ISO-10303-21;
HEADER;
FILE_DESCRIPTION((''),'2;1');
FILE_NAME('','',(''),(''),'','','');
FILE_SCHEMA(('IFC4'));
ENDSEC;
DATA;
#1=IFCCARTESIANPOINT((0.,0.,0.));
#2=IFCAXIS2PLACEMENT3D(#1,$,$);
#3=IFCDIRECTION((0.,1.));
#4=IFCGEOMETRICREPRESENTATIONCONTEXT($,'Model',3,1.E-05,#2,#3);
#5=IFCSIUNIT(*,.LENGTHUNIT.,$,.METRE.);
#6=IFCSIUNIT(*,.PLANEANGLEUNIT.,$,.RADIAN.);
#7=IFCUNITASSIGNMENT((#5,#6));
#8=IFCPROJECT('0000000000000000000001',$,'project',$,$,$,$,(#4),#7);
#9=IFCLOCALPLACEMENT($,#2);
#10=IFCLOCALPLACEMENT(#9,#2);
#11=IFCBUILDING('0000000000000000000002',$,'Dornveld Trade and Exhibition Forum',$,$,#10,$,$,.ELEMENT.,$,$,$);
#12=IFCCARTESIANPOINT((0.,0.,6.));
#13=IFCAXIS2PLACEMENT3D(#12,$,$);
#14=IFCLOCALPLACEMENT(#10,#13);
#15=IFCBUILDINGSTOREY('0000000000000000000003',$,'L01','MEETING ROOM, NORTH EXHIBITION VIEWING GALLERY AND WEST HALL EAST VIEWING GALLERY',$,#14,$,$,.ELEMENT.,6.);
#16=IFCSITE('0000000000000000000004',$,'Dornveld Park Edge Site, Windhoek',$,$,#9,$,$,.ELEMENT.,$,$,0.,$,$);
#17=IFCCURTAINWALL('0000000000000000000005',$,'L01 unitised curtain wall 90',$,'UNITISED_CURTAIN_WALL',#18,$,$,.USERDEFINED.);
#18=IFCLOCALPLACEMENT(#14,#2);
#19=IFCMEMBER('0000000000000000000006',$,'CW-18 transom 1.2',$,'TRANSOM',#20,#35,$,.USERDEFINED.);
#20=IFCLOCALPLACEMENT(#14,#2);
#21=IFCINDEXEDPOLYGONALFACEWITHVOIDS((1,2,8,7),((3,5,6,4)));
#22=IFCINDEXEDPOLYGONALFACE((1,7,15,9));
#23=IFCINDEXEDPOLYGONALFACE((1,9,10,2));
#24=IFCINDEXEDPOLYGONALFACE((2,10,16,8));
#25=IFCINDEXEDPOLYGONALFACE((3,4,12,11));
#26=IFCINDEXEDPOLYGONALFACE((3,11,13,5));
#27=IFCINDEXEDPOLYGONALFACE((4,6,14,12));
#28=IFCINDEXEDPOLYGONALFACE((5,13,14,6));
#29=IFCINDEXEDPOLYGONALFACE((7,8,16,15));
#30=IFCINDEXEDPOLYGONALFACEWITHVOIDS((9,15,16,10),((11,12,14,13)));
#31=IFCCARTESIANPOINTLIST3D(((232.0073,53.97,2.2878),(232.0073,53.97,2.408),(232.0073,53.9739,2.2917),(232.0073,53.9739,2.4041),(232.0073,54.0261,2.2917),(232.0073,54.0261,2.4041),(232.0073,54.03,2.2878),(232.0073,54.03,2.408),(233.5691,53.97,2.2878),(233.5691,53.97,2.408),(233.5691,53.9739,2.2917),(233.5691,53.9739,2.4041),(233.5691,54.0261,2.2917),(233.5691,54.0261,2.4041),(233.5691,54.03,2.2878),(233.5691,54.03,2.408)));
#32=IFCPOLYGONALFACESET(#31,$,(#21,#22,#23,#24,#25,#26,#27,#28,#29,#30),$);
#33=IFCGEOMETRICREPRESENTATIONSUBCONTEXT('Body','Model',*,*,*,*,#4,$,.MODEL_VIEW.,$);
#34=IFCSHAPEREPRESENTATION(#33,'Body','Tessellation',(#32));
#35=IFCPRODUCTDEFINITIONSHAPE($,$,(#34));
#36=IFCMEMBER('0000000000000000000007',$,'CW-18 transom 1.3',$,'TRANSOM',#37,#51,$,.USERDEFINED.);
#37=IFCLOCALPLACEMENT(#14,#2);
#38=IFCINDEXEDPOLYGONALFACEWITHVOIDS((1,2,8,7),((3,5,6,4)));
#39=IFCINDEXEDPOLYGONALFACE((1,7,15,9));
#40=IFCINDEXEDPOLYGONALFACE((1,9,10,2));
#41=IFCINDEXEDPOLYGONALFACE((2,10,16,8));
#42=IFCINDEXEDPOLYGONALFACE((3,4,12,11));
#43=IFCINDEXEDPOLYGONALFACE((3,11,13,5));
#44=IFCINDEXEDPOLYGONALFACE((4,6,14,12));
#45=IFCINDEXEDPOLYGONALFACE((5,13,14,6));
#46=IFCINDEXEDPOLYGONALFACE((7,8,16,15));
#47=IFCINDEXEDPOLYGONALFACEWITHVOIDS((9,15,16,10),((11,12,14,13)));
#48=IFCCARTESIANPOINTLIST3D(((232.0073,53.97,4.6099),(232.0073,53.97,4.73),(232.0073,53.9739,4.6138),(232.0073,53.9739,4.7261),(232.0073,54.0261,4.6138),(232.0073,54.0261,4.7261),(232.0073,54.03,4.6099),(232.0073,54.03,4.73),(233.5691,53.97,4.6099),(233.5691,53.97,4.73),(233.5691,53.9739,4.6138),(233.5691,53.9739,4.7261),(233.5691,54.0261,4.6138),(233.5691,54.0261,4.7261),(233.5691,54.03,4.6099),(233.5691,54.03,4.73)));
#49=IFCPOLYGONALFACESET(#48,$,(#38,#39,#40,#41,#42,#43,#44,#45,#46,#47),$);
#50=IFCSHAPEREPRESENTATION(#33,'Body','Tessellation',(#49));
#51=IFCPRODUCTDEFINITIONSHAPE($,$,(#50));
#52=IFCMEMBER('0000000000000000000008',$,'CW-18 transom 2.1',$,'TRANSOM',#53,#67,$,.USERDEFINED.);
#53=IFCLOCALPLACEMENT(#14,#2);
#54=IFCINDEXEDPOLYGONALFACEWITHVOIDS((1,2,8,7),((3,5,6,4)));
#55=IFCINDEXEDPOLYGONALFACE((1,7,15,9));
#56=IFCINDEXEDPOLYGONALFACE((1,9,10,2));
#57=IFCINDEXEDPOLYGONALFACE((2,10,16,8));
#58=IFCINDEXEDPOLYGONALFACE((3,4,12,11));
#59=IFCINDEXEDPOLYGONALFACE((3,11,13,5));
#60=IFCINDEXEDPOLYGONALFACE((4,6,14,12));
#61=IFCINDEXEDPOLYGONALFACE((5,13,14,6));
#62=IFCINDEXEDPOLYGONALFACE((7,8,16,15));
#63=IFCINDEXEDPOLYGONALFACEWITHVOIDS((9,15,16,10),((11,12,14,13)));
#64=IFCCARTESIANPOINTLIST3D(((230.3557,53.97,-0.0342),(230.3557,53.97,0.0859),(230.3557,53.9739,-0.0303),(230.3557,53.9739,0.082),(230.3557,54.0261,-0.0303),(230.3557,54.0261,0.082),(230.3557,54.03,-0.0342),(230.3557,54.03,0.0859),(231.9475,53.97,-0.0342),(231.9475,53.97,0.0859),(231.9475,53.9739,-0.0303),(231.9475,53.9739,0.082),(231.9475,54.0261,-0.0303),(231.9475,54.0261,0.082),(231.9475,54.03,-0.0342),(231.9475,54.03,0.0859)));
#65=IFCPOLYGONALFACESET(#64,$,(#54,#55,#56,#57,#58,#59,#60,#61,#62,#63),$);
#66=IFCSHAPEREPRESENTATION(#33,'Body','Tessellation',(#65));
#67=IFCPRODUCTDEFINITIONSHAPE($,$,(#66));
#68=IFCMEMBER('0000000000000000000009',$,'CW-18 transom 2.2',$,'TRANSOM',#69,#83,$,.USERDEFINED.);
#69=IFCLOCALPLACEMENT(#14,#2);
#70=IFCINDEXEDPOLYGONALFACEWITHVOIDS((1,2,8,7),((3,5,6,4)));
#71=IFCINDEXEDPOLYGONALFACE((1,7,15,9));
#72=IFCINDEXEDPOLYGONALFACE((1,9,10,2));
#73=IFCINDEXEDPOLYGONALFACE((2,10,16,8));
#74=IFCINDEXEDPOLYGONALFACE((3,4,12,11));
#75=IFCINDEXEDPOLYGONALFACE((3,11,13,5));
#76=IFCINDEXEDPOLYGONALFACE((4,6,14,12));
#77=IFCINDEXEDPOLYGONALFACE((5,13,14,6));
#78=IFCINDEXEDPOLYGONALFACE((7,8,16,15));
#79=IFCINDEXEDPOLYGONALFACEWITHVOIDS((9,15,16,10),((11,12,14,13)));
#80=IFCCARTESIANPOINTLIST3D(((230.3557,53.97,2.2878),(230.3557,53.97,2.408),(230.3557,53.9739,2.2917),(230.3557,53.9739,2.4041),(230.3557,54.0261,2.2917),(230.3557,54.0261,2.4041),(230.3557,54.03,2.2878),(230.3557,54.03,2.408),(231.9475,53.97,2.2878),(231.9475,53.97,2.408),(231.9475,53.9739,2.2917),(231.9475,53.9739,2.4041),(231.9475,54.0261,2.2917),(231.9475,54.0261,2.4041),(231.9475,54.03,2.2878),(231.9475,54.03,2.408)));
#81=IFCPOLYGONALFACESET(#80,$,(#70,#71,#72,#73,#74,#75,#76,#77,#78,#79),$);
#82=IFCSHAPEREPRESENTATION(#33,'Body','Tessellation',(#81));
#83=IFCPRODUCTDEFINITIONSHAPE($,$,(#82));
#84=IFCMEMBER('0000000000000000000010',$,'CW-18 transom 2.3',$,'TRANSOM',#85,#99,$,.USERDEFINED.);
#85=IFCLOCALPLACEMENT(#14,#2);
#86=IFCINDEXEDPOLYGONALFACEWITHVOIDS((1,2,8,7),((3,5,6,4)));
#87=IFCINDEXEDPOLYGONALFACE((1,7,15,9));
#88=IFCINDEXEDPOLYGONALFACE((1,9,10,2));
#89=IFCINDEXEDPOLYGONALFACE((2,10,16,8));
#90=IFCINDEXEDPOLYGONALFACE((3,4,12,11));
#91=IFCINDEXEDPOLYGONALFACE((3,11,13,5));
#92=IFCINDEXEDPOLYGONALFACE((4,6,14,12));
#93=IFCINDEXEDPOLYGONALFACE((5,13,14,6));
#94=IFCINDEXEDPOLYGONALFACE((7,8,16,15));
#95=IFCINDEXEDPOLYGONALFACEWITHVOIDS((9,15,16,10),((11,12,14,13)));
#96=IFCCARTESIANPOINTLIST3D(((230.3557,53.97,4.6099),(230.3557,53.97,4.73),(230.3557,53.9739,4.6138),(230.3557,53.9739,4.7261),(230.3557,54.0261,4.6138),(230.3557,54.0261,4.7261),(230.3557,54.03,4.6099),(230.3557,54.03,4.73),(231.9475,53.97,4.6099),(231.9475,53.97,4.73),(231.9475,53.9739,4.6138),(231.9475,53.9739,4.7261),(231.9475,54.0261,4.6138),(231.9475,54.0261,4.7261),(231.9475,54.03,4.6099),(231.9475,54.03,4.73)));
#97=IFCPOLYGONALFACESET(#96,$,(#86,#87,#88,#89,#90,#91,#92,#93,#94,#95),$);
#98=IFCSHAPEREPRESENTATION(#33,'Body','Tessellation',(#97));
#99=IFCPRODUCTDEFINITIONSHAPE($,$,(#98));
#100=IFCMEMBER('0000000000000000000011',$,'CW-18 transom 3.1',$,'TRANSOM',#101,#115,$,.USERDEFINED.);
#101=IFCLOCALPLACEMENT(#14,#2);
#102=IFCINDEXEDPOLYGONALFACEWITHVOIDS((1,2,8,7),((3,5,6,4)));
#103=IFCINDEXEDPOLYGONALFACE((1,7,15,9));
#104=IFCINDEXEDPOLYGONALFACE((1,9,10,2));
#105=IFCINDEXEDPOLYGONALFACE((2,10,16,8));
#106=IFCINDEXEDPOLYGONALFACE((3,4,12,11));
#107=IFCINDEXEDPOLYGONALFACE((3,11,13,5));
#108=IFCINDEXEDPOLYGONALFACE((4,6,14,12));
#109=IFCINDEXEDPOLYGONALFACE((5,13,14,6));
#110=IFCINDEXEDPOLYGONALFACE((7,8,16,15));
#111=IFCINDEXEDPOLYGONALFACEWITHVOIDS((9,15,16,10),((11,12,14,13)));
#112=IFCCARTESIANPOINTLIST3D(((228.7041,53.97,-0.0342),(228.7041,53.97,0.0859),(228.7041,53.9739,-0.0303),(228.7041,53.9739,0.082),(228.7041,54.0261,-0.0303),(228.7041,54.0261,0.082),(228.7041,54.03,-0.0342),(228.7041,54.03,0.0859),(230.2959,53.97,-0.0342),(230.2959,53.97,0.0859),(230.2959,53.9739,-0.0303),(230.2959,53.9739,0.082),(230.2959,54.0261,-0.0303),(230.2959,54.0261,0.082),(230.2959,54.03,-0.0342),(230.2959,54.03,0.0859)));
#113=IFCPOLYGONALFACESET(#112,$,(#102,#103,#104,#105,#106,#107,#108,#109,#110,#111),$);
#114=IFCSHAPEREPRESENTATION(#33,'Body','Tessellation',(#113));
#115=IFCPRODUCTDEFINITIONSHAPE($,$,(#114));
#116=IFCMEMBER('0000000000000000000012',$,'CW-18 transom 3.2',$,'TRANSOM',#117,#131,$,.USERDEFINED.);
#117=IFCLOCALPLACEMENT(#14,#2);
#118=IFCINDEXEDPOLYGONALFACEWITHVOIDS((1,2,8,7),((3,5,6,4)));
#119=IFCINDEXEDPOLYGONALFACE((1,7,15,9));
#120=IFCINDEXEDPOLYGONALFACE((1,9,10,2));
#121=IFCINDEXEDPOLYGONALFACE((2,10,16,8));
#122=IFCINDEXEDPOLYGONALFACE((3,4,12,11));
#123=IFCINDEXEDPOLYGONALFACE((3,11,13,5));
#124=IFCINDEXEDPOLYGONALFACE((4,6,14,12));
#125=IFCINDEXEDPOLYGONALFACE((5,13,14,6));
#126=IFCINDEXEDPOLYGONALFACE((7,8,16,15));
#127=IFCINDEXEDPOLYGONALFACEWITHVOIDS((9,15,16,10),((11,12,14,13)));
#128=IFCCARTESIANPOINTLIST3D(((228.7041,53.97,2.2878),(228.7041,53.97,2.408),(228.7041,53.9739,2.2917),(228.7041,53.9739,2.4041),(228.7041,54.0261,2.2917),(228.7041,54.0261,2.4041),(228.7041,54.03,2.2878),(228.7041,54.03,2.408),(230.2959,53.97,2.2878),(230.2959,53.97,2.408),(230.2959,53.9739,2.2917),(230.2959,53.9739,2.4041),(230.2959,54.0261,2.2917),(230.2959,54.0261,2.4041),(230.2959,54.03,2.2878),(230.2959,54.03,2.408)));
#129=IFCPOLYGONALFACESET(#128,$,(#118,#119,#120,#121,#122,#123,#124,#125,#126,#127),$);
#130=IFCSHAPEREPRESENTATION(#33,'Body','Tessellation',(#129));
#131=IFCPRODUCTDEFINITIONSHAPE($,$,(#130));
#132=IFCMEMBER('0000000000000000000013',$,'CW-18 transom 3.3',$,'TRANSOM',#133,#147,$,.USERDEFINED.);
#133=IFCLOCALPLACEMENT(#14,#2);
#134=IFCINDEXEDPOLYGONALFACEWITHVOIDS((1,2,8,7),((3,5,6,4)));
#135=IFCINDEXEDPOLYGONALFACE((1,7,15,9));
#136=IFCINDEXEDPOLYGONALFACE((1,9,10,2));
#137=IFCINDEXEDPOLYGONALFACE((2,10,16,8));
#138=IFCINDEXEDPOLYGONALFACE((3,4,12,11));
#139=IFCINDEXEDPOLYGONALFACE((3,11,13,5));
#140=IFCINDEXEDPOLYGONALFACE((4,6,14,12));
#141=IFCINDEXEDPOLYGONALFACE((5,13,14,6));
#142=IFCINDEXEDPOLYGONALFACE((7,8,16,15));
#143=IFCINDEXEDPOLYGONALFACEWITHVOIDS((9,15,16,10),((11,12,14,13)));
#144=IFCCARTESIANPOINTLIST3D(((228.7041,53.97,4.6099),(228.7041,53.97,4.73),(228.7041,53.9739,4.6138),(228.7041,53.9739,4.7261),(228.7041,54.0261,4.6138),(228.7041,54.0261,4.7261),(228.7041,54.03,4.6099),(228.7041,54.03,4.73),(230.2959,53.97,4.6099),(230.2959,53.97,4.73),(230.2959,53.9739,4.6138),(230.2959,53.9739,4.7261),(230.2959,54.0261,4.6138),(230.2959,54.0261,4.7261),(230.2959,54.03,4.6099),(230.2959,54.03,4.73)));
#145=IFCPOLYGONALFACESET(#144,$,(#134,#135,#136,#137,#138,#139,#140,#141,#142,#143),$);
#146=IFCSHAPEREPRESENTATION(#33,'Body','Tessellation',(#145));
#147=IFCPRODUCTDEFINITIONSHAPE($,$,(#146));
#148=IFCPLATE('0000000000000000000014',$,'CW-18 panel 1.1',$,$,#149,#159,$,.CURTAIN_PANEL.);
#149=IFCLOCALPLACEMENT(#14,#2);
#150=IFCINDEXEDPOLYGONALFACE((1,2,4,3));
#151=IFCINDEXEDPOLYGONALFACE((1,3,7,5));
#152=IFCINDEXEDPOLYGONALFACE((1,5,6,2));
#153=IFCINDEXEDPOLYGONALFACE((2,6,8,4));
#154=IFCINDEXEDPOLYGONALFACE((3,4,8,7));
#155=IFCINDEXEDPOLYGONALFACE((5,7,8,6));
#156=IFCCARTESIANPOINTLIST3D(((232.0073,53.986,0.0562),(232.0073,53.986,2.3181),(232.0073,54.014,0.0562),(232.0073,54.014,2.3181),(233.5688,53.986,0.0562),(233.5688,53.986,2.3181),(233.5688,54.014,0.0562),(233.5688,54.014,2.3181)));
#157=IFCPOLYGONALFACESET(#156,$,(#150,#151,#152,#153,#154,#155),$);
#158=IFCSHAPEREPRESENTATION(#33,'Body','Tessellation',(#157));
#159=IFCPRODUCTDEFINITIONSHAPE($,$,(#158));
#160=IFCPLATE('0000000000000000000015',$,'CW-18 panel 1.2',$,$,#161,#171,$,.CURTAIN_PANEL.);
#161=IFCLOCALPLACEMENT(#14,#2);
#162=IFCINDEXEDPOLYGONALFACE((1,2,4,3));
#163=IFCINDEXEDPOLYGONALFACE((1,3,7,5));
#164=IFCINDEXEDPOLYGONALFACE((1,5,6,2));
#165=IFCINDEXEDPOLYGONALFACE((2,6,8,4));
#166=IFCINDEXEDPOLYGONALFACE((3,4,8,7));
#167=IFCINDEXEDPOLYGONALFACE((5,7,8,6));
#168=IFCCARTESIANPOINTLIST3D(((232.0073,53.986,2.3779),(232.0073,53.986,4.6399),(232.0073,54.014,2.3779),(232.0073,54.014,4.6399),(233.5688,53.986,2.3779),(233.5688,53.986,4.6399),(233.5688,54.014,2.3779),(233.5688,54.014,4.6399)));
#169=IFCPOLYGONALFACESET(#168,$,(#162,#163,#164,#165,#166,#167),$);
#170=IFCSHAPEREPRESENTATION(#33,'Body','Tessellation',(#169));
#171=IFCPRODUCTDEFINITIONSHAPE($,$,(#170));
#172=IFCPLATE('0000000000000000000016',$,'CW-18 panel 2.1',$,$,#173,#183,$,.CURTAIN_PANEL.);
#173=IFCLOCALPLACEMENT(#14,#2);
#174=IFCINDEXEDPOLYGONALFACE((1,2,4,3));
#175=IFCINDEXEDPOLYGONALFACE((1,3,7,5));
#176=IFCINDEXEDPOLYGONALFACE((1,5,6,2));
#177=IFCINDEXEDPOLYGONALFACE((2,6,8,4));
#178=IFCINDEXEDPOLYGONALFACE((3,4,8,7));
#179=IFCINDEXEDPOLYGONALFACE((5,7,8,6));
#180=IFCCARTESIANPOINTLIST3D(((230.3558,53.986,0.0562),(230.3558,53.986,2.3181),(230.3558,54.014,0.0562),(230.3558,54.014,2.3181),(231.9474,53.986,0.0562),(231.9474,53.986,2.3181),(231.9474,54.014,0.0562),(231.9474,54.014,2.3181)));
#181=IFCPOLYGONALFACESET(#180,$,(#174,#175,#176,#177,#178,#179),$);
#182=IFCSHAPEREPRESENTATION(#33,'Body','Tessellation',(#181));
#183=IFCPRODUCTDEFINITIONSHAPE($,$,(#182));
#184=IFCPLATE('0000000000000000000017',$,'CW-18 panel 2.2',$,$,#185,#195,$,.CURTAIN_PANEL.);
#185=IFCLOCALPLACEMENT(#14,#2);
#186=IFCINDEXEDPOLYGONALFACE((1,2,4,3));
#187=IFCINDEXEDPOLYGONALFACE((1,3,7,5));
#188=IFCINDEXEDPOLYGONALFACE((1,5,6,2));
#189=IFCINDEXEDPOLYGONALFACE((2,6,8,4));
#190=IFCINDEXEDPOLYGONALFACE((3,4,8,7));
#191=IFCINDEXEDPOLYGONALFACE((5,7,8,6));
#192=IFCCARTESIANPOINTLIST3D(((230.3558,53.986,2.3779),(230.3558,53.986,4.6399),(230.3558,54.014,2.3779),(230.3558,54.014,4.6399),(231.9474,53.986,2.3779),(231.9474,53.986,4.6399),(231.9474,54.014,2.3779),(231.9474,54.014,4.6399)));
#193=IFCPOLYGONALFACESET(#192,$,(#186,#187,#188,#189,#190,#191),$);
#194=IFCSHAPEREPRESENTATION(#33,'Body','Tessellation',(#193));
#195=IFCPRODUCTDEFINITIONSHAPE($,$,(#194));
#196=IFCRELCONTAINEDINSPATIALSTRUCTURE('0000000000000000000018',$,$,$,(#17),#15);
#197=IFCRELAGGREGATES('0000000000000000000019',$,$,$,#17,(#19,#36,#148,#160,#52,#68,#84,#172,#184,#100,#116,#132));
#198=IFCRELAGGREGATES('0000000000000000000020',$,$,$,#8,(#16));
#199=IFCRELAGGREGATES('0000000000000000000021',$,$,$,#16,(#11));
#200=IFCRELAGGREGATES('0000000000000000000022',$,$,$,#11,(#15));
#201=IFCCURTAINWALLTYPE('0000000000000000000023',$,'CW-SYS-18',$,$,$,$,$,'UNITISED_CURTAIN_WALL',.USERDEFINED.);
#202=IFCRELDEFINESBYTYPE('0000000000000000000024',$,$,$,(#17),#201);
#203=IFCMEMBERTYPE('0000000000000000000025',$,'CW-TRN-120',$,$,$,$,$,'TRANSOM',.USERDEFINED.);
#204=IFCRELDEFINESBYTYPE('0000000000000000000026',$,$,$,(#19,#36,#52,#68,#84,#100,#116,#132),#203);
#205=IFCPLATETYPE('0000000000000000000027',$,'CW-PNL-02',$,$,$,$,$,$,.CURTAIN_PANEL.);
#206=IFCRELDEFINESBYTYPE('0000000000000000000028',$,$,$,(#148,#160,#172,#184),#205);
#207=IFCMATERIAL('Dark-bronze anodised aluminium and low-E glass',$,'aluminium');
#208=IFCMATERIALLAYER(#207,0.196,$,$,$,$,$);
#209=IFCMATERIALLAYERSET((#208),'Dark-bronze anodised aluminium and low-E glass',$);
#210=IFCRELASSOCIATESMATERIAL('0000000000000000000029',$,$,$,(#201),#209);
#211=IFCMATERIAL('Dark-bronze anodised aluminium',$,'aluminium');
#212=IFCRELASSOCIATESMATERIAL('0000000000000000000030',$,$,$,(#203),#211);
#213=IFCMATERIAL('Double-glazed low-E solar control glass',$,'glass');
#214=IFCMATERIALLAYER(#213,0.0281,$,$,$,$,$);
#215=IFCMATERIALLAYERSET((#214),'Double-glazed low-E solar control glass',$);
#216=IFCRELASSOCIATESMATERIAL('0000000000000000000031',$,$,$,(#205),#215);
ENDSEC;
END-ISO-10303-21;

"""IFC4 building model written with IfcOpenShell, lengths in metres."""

from ifc_helpers import new_model, si_unit, direction, frame, origin, origin_2d, place, context, subcontext, project, spatial, rectangle, hollow_rectangle, extrude, material, layer, layer_set, material_profile, profile_set, type_object, element, aggregate, save


model = new_model("IFC4")

# Units and contexts
model_context = context("Model", 3, precision=1e-05, world=origin(), true_north=direction((0.0, 1.0)))
body_context = subcontext(model_context, "Body", "Model", "MODEL_VIEW")
ifc_project = project(units=[si_unit("LENGTHUNIT", "METRE"), si_unit("PLANEANGLEUNIT", "RADIAN")], contexts=[model_context])

# Site, building, storey
site_placement = place(None, origin())
site = spatial("IfcSite", under=ifc_project, at=site_placement, Name="Dornveld Park Edge Site, Windhoek", CompositionType="ELEMENT", RefElevation=0.0)
building_placement = place(site_placement, origin())
building = spatial("IfcBuilding", under=site, at=building_placement, Name="Dornveld Trade and Exhibition Forum", CompositionType="ELEMENT")
storey_placement = place(building_placement, frame((0.0, 0.0, 6.0)))
storey = spatial("IfcBuildingStorey", under=building, at=storey_placement, Name="L01", Description="MEETING ROOM, NORTH EXHIBITION VIEWING GALLERY AND WEST HALL EAST VIEWING GALLERY", CompositionType="ELEMENT", Elevation=6.0)

# Curtain wall
ifc_material_1 = material(Name="Dark-bronze anodised aluminium and low-E glass", Category="aluminium")
ifc_layer_1 = layer(ifc_material_1, 0.196)
ifc_layer_set_1 = layer_set([ifc_layer_1], Name="Dark-bronze anodised aluminium and low-E glass")
curtain_wall_type_1 = type_object("IfcCurtainWallType", Name="CW-SYS-18", ElementType="UNITISED_CURTAIN_WALL", PredefinedType="USERDEFINED", material=ifc_layer_set_1)
curtain_wall_1_placement = place(storey_placement, origin())
curtain_wall_1 = element("IfcCurtainWall", 1, at=curtain_wall_1_placement, inside=storey, type_object=curtain_wall_type_1, Name="L01 unitised curtain wall 90", ObjectType="UNITISED_CURTAIN_WALL", PredefinedType="USERDEFINED")

# Members
ifc_material_2 = material(Name="Dark-bronze anodised aluminium", Category="aluminium")
ifc_material_profile_1 = material_profile(ifc_material_2, hollow_rectangle(XDim=0.0601, YDim=0.1201, WallThickness=0.0039, at=origin_2d()), Name="RHS 120x60x4")
ifc_profile_set_1 = profile_set([ifc_material_profile_1], Name="Dark-bronze anodised aluminium")
member_type_1 = type_object("IfcMemberType", Name="CW-TRN-120", ElementType="TRANSOM", PredefinedType="USERDEFINED", material=ifc_profile_set_1)
member_1_placement = place(storey_placement, frame((233.5691, 54.0, 2.3479), z_axis=(-1.0, 0.0, 0.0), x_axis=(0.0, -1.0, 0.0)))
member_1 = element("IfcMember", 2, at=member_1_placement, type_object=member_type_1, Name="CW-18 transom 1.2", ObjectType="TRANSOM", PredefinedType="USERDEFINED", context=body_context, shape_type="SweptSolid", body=[
    extrude(hollow_rectangle(XDim=0.0601, YDim=0.1201, WallThickness=0.0039, at=origin_2d()), origin(), (0.0, 0.0, 1.0), 1.5618),
])
member_2_placement = place(storey_placement, frame((233.5691, 54.0, 4.6699), z_axis=(-1.0, 0.0, 0.0), x_axis=(0.0, -1.0, 0.0)))
member_2 = element("IfcMember", 3, at=member_2_placement, type_object=member_type_1, Name="CW-18 transom 1.3", ObjectType="TRANSOM", PredefinedType="USERDEFINED", context=body_context, shape_type="SweptSolid", body=[
    extrude(hollow_rectangle(XDim=0.0601, YDim=0.1201, WallThickness=0.0039, at=origin_2d()), origin(), (0.0, 0.0, 1.0), 1.5618),
])
member_3_placement = place(storey_placement, frame((231.9475, 54.0, 0.0259), z_axis=(-1.0, 0.0, 0.0), x_axis=(0.0, -1.0, 0.0)))
member_3 = element("IfcMember", 4, at=member_3_placement, type_object=member_type_1, Name="CW-18 transom 2.1", ObjectType="TRANSOM", PredefinedType="USERDEFINED", context=body_context, shape_type="SweptSolid", body=[
    extrude(hollow_rectangle(XDim=0.0601, YDim=0.1201, WallThickness=0.0039, at=origin_2d()), origin(), (0.0, 0.0, 1.0), 1.5918),
])
member_4_placement = place(storey_placement, frame((231.9475, 54.0, 2.3479), z_axis=(-1.0, 0.0, 0.0), x_axis=(0.0, -1.0, 0.0)))
member_4 = element("IfcMember", 5, at=member_4_placement, type_object=member_type_1, Name="CW-18 transom 2.2", ObjectType="TRANSOM", PredefinedType="USERDEFINED", context=body_context, shape_type="SweptSolid", body=[
    extrude(hollow_rectangle(XDim=0.0601, YDim=0.1201, WallThickness=0.0039, at=origin_2d()), origin(), (0.0, 0.0, 1.0), 1.5918),
])
member_5_placement = place(storey_placement, frame((231.9475, 54.0, 4.6699), z_axis=(-1.0, 0.0, 0.0), x_axis=(0.0, -1.0, 0.0)))
member_5 = element("IfcMember", 6, at=member_5_placement, type_object=member_type_1, Name="CW-18 transom 2.3", ObjectType="TRANSOM", PredefinedType="USERDEFINED", context=body_context, shape_type="SweptSolid", body=[
    extrude(hollow_rectangle(XDim=0.0601, YDim=0.1201, WallThickness=0.0039, at=origin_2d()), origin(), (0.0, 0.0, 1.0), 1.5918),
])
member_6_placement = place(storey_placement, frame((230.2959, 54.0, 0.0259), z_axis=(-1.0, 0.0, 0.0), x_axis=(0.0, -1.0, 0.0)))
member_6 = element("IfcMember", 7, at=member_6_placement, type_object=member_type_1, Name="CW-18 transom 3.1", ObjectType="TRANSOM", PredefinedType="USERDEFINED", context=body_context, shape_type="SweptSolid", body=[
    extrude(hollow_rectangle(XDim=0.0601, YDim=0.1201, WallThickness=0.0039, at=origin_2d()), origin(), (0.0, 0.0, 1.0), 1.5918),
])
member_7_placement = place(storey_placement, frame((230.2959, 54.0, 2.3479), z_axis=(-1.0, 0.0, 0.0), x_axis=(0.0, -1.0, 0.0)))
member_7 = element("IfcMember", 8, at=member_7_placement, type_object=member_type_1, Name="CW-18 transom 3.2", ObjectType="TRANSOM", PredefinedType="USERDEFINED", context=body_context, shape_type="SweptSolid", body=[
    extrude(hollow_rectangle(XDim=0.0601, YDim=0.1201, WallThickness=0.0039, at=origin_2d()), origin(), (0.0, 0.0, 1.0), 1.5918),
])
member_8_placement = place(storey_placement, frame((230.2959, 54.0, 4.6699), z_axis=(-1.0, 0.0, 0.0), x_axis=(0.0, -1.0, 0.0)))
member_8 = element("IfcMember", 9, at=member_8_placement, type_object=member_type_1, Name="CW-18 transom 3.3", ObjectType="TRANSOM", PredefinedType="USERDEFINED", context=body_context, shape_type="SweptSolid", body=[
    extrude(hollow_rectangle(XDim=0.0601, YDim=0.1201, WallThickness=0.0039, at=origin_2d()), origin(), (0.0, 0.0, 1.0), 1.5918),
])

# Plates
ifc_material_3 = material(Name="Double-glazed low-E solar control glass", Category="glass")
ifc_layer_2 = layer(ifc_material_3, 0.0281)
ifc_layer_set_2 = layer_set([ifc_layer_2], Name="Double-glazed low-E solar control glass")
plate_type_1 = type_object("IfcPlateType", Name="CW-PNL-02", PredefinedType="CURTAIN_PANEL", material=ifc_layer_set_2)
plate_1_placement = place(storey_placement, frame((232.7881, 54.0, 0.0562), z_axis=(0.0, 0.0, 1.0), x_axis=(-1.0, 0.0, 0.0)))
plate_1 = element("IfcPlate", 10, at=plate_1_placement, type_object=plate_type_1, Name="CW-18 panel 1.1", PredefinedType="CURTAIN_PANEL", context=body_context, shape_type="SweptSolid", body=[
    extrude(rectangle(XDim=1.5615, YDim=0.0281, at=origin_2d()), origin(), (0.0, 0.0, 1.0), 2.262),
])
plate_2_placement = place(storey_placement, frame((232.7881, 54.0, 2.3779), z_axis=(0.0, 0.0, 1.0), x_axis=(-1.0, 0.0, 0.0)))
plate_2 = element("IfcPlate", 11, at=plate_2_placement, type_object=plate_type_1, Name="CW-18 panel 1.2", PredefinedType="CURTAIN_PANEL", context=body_context, shape_type="SweptSolid", body=[
    extrude(rectangle(XDim=1.5615, YDim=0.0281, at=origin_2d()), origin(), (0.0, 0.0, 1.0), 2.262),
])
plate_3_placement = place(storey_placement, frame((231.1516, 54.0, 0.0562), z_axis=(0.0, 0.0, 1.0), x_axis=(-1.0, 0.0, 0.0)))
plate_3 = element("IfcPlate", 12, at=plate_3_placement, type_object=plate_type_1, Name="CW-18 panel 2.1", PredefinedType="CURTAIN_PANEL", context=body_context, shape_type="SweptSolid", body=[
    extrude(rectangle(XDim=1.5916, YDim=0.0281, at=origin_2d()), origin(), (0.0, 0.0, 1.0), 2.262),
])
plate_4_placement = place(storey_placement, frame((231.1516, 54.0, 2.3779), z_axis=(0.0, 0.0, 1.0), x_axis=(-1.0, 0.0, 0.0)))
plate_4 = element("IfcPlate", 13, at=plate_4_placement, type_object=plate_type_1, Name="CW-18 panel 2.2", PredefinedType="CURTAIN_PANEL", context=body_context, shape_type="SweptSolid", body=[
    extrude(rectangle(XDim=1.5916, YDim=0.0281, at=origin_2d()), origin(), (0.0, 0.0, 1.0), 2.262),
])
aggregate(curtain_wall_1, [member_1, member_2, plate_1, plate_2, member_3, member_4, member_5, plate_3, plate_4, member_6, member_7, member_8])

save(model, "model.ifc")
